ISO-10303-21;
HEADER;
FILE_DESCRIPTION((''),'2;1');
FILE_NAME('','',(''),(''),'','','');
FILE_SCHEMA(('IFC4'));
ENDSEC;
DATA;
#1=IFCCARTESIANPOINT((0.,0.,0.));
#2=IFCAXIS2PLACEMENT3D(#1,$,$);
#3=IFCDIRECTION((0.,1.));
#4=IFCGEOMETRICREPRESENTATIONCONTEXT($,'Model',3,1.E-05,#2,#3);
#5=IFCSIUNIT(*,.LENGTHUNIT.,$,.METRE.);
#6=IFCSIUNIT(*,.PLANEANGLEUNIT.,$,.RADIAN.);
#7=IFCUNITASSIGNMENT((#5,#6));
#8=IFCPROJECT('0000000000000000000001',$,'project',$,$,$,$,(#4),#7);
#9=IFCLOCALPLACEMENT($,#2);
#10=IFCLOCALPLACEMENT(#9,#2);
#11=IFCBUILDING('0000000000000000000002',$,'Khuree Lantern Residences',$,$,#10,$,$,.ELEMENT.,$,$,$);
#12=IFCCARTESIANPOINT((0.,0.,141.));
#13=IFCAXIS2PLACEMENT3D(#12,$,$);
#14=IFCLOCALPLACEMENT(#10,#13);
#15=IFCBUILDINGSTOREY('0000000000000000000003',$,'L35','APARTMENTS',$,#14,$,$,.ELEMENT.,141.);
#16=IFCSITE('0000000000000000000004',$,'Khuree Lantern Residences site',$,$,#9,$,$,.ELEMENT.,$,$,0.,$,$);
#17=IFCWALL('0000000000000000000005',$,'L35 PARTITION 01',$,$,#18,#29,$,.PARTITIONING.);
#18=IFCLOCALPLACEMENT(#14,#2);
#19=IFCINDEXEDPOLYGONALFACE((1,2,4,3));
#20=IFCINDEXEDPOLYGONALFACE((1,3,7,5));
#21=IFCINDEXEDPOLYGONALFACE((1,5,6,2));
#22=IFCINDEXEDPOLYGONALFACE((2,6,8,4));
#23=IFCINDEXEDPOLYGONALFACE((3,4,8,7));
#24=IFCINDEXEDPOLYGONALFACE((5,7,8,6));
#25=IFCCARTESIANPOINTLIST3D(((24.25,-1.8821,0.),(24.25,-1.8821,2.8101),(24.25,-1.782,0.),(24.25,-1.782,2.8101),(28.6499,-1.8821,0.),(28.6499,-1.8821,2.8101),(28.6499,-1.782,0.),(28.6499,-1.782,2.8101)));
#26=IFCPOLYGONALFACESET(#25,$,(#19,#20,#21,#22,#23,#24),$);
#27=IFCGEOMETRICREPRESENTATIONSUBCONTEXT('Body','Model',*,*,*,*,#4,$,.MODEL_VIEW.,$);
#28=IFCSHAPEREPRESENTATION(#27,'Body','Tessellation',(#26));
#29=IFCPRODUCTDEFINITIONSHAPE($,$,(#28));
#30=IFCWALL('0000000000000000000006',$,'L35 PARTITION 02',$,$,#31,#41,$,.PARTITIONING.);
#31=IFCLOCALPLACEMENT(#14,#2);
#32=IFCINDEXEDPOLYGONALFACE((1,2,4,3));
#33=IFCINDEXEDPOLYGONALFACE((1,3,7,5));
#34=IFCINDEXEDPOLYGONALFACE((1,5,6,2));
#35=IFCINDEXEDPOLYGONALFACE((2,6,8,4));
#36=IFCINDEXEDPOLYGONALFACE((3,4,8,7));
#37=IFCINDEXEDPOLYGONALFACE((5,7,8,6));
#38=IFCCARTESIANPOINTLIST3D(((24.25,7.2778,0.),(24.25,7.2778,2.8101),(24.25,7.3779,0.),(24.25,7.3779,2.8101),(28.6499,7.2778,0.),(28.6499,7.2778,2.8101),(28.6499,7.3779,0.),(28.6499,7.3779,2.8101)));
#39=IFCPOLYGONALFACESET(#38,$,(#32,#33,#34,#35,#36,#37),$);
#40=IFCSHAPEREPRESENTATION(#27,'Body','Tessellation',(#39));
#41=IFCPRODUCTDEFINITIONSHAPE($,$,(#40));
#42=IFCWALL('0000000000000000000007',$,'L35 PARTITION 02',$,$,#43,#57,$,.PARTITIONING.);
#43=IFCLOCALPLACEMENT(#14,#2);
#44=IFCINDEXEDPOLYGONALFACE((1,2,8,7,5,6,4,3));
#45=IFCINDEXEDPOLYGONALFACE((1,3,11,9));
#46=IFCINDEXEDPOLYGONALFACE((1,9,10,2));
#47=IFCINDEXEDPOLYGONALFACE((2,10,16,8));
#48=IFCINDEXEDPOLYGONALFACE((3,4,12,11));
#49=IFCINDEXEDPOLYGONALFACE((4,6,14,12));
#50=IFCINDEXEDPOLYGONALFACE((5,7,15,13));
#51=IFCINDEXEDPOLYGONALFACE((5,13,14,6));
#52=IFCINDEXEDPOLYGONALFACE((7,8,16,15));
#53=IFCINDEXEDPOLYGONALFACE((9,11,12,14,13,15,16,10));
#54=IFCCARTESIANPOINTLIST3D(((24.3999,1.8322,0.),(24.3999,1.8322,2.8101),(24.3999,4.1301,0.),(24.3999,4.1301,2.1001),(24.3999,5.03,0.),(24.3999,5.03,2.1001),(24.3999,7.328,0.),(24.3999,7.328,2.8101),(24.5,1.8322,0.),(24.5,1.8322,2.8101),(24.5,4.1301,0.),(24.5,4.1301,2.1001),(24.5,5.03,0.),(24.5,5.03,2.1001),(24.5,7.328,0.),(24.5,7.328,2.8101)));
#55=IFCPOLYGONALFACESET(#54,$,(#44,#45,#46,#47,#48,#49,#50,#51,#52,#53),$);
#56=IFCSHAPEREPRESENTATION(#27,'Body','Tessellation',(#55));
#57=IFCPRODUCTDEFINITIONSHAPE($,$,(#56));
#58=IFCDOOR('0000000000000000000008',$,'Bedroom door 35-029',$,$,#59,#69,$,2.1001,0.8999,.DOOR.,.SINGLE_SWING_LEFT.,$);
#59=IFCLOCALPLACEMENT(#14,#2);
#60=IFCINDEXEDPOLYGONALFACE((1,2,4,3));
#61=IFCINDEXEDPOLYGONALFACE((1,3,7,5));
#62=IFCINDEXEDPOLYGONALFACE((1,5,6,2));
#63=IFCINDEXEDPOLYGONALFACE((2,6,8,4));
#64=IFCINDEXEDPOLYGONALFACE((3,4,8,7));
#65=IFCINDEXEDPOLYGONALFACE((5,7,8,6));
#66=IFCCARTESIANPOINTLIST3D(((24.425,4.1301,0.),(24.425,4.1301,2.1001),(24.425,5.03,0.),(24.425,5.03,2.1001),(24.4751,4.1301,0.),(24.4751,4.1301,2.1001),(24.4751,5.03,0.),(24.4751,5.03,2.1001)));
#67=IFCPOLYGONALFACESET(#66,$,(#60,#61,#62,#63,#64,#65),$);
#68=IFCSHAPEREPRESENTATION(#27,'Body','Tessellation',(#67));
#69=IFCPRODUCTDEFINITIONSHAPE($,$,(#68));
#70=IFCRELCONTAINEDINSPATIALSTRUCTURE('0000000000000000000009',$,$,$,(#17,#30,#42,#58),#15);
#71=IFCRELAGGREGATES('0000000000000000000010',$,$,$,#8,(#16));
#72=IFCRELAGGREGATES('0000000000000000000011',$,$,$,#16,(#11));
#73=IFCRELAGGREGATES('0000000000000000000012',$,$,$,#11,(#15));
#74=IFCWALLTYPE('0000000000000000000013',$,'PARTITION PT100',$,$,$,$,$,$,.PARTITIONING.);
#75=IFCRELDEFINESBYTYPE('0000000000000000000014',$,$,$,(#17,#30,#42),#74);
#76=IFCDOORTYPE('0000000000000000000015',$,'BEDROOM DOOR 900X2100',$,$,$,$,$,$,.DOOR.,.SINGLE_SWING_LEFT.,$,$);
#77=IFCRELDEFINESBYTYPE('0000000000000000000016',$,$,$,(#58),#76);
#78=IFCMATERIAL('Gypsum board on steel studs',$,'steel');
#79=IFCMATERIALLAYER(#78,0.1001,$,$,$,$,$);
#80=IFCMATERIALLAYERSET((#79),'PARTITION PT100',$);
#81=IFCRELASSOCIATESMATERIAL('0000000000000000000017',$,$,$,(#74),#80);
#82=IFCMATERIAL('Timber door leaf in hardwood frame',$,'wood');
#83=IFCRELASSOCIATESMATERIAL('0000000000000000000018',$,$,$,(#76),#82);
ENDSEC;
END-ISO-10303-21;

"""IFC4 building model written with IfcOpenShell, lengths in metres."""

from ifc_helpers import new_model, si_unit, direction, frame, frame_2d, origin, place, context, subcontext, project, spatial, rectangle, extrude, material, layer, layer_set, type_object, element, fill, save


model = new_model("IFC4")

# Units and contexts
model_context = context("Model", 3, precision=1e-05, world=origin(), true_north=direction((0.0, 1.0)))
body_context = subcontext(model_context, "Body", "Model", "MODEL_VIEW")
ifc_project = project(units=[si_unit("LENGTHUNIT", "METRE"), si_unit("PLANEANGLEUNIT", "RADIAN")], contexts=[model_context])

# Site, building, storey
site_placement = place(None, origin())
site = spatial("IfcSite", under=ifc_project, at=site_placement, Name="Khuree Lantern Residences site", CompositionType="ELEMENT", RefElevation=0.0)
building_placement = place(site_placement, origin())
building = spatial("IfcBuilding", under=site, at=building_placement, Name="Khuree Lantern Residences", CompositionType="ELEMENT")
storey_placement = place(building_placement, frame((0.0, 0.0, 141.0)))
storey = spatial("IfcBuildingStorey", under=building, at=storey_placement, Name="L35", Description="APARTMENTS", CompositionType="ELEMENT", Elevation=141.0)

# Shared definitions
ifc_material_1 = material(Name="Timber door leaf in hardwood frame", Category="wood")

# Walls
ifc_material_2 = material(Name="Gypsum board on steel studs", Category="steel")
ifc_layer_1 = layer(ifc_material_2, 0.1001)
ifc_layer_set_1 = layer_set([ifc_layer_1], Name="PARTITION PT100")
wall_type_1 = type_object("IfcWallType", Name="PARTITION PT100", PredefinedType="PARTITIONING", material=ifc_layer_set_1)
for number, where, z_axis, x_axis, name in (
    (1, (24.25, -1.832, 0.0), (0.0, 0.0, 1.0), (1.0, 0.0, 0.0), "L35 PARTITION 01"),
    (2, (24.25, 7.3279, 0.0), (0.0, 0.0, 1.0), (1.0, 0.0, 0.0), "L35 PARTITION 02"),
):
    element("IfcWall", number, at=place(storey_placement, frame(where, z_axis=z_axis, x_axis=x_axis)), inside=storey, type_object=wall_type_1, Name=name, PredefinedType="PARTITIONING", context=body_context, shape_type="SweptSolid", body=[
        extrude(rectangle(XDim=4.3999, YDim=0.1001, at=frame_2d((2.2, 0.0))), origin(), (0.0, 0.0, 1.0), 2.8101),
    ])

# Wall, opening, door
wall_1_placement = place(storey_placement, frame((24.45, 1.832, 0.0), z_axis=(0.0, 0.0, 1.0), x_axis=(0.0, 1.0, 0.0)))
wall_1 = element("IfcWall", 3, at=wall_1_placement, inside=storey, type_object=wall_type_1, Name="L35 PARTITION 02", PredefinedType="PARTITIONING", context=body_context, shape_type="SweptSolid", body=[
    extrude(rectangle(XDim=5.4958, YDim=0.1001, at=frame_2d((2.748, 0.0))), origin(), (0.0, 0.0, 1.0), 2.8101),
])
opening_1_placement = place(wall_1_placement, frame((2.2981, 0.0, 0.0)))
opening_1 = element("IfcOpeningElement", 4, at=opening_1_placement, cuts=wall_1, PredefinedType="OPENING", context=body_context, shape_type="SweptSolid", body=[
    extrude(rectangle(XDim=0.8999, YDim=2.1001, at=frame_2d((0.45, 1.05))), frame((0.0, 0.0601, 0.0), z_axis=(0.0, -1.0, 0.0), x_axis=(1.0, 0.0, 0.0)), (0.0, 0.0, 1.0), 0.1201),
])
door_type_1 = type_object("IfcDoorType", Name="BEDROOM DOOR 900X2100", OperationType="SINGLE_SWING_LEFT", PredefinedType="DOOR", material=ifc_material_1)
door_1_placement = place(opening_1_placement, origin())
door_1 = element("IfcDoor", 5, at=door_1_placement, inside=storey, type_object=door_type_1, Name="Bedroom door 35-029", OperationType="SINGLE_SWING_LEFT", OverallHeight=2.1001, OverallWidth=0.8999, PredefinedType="DOOR", context=body_context, shape_type="SweptSolid", body=[
    extrude(rectangle(XDim=0.8999, YDim=2.1001, at=frame_2d((0.45, 1.05))), frame((0.0, 0.0249, 0.0), z_axis=(0.0, -1.0, 0.0), x_axis=(1.0, 0.0, 0.0)), (0.0, 0.0, 1.0), 0.05),
])
fill(opening_1, door_1)

save(model, "model.ifc")
